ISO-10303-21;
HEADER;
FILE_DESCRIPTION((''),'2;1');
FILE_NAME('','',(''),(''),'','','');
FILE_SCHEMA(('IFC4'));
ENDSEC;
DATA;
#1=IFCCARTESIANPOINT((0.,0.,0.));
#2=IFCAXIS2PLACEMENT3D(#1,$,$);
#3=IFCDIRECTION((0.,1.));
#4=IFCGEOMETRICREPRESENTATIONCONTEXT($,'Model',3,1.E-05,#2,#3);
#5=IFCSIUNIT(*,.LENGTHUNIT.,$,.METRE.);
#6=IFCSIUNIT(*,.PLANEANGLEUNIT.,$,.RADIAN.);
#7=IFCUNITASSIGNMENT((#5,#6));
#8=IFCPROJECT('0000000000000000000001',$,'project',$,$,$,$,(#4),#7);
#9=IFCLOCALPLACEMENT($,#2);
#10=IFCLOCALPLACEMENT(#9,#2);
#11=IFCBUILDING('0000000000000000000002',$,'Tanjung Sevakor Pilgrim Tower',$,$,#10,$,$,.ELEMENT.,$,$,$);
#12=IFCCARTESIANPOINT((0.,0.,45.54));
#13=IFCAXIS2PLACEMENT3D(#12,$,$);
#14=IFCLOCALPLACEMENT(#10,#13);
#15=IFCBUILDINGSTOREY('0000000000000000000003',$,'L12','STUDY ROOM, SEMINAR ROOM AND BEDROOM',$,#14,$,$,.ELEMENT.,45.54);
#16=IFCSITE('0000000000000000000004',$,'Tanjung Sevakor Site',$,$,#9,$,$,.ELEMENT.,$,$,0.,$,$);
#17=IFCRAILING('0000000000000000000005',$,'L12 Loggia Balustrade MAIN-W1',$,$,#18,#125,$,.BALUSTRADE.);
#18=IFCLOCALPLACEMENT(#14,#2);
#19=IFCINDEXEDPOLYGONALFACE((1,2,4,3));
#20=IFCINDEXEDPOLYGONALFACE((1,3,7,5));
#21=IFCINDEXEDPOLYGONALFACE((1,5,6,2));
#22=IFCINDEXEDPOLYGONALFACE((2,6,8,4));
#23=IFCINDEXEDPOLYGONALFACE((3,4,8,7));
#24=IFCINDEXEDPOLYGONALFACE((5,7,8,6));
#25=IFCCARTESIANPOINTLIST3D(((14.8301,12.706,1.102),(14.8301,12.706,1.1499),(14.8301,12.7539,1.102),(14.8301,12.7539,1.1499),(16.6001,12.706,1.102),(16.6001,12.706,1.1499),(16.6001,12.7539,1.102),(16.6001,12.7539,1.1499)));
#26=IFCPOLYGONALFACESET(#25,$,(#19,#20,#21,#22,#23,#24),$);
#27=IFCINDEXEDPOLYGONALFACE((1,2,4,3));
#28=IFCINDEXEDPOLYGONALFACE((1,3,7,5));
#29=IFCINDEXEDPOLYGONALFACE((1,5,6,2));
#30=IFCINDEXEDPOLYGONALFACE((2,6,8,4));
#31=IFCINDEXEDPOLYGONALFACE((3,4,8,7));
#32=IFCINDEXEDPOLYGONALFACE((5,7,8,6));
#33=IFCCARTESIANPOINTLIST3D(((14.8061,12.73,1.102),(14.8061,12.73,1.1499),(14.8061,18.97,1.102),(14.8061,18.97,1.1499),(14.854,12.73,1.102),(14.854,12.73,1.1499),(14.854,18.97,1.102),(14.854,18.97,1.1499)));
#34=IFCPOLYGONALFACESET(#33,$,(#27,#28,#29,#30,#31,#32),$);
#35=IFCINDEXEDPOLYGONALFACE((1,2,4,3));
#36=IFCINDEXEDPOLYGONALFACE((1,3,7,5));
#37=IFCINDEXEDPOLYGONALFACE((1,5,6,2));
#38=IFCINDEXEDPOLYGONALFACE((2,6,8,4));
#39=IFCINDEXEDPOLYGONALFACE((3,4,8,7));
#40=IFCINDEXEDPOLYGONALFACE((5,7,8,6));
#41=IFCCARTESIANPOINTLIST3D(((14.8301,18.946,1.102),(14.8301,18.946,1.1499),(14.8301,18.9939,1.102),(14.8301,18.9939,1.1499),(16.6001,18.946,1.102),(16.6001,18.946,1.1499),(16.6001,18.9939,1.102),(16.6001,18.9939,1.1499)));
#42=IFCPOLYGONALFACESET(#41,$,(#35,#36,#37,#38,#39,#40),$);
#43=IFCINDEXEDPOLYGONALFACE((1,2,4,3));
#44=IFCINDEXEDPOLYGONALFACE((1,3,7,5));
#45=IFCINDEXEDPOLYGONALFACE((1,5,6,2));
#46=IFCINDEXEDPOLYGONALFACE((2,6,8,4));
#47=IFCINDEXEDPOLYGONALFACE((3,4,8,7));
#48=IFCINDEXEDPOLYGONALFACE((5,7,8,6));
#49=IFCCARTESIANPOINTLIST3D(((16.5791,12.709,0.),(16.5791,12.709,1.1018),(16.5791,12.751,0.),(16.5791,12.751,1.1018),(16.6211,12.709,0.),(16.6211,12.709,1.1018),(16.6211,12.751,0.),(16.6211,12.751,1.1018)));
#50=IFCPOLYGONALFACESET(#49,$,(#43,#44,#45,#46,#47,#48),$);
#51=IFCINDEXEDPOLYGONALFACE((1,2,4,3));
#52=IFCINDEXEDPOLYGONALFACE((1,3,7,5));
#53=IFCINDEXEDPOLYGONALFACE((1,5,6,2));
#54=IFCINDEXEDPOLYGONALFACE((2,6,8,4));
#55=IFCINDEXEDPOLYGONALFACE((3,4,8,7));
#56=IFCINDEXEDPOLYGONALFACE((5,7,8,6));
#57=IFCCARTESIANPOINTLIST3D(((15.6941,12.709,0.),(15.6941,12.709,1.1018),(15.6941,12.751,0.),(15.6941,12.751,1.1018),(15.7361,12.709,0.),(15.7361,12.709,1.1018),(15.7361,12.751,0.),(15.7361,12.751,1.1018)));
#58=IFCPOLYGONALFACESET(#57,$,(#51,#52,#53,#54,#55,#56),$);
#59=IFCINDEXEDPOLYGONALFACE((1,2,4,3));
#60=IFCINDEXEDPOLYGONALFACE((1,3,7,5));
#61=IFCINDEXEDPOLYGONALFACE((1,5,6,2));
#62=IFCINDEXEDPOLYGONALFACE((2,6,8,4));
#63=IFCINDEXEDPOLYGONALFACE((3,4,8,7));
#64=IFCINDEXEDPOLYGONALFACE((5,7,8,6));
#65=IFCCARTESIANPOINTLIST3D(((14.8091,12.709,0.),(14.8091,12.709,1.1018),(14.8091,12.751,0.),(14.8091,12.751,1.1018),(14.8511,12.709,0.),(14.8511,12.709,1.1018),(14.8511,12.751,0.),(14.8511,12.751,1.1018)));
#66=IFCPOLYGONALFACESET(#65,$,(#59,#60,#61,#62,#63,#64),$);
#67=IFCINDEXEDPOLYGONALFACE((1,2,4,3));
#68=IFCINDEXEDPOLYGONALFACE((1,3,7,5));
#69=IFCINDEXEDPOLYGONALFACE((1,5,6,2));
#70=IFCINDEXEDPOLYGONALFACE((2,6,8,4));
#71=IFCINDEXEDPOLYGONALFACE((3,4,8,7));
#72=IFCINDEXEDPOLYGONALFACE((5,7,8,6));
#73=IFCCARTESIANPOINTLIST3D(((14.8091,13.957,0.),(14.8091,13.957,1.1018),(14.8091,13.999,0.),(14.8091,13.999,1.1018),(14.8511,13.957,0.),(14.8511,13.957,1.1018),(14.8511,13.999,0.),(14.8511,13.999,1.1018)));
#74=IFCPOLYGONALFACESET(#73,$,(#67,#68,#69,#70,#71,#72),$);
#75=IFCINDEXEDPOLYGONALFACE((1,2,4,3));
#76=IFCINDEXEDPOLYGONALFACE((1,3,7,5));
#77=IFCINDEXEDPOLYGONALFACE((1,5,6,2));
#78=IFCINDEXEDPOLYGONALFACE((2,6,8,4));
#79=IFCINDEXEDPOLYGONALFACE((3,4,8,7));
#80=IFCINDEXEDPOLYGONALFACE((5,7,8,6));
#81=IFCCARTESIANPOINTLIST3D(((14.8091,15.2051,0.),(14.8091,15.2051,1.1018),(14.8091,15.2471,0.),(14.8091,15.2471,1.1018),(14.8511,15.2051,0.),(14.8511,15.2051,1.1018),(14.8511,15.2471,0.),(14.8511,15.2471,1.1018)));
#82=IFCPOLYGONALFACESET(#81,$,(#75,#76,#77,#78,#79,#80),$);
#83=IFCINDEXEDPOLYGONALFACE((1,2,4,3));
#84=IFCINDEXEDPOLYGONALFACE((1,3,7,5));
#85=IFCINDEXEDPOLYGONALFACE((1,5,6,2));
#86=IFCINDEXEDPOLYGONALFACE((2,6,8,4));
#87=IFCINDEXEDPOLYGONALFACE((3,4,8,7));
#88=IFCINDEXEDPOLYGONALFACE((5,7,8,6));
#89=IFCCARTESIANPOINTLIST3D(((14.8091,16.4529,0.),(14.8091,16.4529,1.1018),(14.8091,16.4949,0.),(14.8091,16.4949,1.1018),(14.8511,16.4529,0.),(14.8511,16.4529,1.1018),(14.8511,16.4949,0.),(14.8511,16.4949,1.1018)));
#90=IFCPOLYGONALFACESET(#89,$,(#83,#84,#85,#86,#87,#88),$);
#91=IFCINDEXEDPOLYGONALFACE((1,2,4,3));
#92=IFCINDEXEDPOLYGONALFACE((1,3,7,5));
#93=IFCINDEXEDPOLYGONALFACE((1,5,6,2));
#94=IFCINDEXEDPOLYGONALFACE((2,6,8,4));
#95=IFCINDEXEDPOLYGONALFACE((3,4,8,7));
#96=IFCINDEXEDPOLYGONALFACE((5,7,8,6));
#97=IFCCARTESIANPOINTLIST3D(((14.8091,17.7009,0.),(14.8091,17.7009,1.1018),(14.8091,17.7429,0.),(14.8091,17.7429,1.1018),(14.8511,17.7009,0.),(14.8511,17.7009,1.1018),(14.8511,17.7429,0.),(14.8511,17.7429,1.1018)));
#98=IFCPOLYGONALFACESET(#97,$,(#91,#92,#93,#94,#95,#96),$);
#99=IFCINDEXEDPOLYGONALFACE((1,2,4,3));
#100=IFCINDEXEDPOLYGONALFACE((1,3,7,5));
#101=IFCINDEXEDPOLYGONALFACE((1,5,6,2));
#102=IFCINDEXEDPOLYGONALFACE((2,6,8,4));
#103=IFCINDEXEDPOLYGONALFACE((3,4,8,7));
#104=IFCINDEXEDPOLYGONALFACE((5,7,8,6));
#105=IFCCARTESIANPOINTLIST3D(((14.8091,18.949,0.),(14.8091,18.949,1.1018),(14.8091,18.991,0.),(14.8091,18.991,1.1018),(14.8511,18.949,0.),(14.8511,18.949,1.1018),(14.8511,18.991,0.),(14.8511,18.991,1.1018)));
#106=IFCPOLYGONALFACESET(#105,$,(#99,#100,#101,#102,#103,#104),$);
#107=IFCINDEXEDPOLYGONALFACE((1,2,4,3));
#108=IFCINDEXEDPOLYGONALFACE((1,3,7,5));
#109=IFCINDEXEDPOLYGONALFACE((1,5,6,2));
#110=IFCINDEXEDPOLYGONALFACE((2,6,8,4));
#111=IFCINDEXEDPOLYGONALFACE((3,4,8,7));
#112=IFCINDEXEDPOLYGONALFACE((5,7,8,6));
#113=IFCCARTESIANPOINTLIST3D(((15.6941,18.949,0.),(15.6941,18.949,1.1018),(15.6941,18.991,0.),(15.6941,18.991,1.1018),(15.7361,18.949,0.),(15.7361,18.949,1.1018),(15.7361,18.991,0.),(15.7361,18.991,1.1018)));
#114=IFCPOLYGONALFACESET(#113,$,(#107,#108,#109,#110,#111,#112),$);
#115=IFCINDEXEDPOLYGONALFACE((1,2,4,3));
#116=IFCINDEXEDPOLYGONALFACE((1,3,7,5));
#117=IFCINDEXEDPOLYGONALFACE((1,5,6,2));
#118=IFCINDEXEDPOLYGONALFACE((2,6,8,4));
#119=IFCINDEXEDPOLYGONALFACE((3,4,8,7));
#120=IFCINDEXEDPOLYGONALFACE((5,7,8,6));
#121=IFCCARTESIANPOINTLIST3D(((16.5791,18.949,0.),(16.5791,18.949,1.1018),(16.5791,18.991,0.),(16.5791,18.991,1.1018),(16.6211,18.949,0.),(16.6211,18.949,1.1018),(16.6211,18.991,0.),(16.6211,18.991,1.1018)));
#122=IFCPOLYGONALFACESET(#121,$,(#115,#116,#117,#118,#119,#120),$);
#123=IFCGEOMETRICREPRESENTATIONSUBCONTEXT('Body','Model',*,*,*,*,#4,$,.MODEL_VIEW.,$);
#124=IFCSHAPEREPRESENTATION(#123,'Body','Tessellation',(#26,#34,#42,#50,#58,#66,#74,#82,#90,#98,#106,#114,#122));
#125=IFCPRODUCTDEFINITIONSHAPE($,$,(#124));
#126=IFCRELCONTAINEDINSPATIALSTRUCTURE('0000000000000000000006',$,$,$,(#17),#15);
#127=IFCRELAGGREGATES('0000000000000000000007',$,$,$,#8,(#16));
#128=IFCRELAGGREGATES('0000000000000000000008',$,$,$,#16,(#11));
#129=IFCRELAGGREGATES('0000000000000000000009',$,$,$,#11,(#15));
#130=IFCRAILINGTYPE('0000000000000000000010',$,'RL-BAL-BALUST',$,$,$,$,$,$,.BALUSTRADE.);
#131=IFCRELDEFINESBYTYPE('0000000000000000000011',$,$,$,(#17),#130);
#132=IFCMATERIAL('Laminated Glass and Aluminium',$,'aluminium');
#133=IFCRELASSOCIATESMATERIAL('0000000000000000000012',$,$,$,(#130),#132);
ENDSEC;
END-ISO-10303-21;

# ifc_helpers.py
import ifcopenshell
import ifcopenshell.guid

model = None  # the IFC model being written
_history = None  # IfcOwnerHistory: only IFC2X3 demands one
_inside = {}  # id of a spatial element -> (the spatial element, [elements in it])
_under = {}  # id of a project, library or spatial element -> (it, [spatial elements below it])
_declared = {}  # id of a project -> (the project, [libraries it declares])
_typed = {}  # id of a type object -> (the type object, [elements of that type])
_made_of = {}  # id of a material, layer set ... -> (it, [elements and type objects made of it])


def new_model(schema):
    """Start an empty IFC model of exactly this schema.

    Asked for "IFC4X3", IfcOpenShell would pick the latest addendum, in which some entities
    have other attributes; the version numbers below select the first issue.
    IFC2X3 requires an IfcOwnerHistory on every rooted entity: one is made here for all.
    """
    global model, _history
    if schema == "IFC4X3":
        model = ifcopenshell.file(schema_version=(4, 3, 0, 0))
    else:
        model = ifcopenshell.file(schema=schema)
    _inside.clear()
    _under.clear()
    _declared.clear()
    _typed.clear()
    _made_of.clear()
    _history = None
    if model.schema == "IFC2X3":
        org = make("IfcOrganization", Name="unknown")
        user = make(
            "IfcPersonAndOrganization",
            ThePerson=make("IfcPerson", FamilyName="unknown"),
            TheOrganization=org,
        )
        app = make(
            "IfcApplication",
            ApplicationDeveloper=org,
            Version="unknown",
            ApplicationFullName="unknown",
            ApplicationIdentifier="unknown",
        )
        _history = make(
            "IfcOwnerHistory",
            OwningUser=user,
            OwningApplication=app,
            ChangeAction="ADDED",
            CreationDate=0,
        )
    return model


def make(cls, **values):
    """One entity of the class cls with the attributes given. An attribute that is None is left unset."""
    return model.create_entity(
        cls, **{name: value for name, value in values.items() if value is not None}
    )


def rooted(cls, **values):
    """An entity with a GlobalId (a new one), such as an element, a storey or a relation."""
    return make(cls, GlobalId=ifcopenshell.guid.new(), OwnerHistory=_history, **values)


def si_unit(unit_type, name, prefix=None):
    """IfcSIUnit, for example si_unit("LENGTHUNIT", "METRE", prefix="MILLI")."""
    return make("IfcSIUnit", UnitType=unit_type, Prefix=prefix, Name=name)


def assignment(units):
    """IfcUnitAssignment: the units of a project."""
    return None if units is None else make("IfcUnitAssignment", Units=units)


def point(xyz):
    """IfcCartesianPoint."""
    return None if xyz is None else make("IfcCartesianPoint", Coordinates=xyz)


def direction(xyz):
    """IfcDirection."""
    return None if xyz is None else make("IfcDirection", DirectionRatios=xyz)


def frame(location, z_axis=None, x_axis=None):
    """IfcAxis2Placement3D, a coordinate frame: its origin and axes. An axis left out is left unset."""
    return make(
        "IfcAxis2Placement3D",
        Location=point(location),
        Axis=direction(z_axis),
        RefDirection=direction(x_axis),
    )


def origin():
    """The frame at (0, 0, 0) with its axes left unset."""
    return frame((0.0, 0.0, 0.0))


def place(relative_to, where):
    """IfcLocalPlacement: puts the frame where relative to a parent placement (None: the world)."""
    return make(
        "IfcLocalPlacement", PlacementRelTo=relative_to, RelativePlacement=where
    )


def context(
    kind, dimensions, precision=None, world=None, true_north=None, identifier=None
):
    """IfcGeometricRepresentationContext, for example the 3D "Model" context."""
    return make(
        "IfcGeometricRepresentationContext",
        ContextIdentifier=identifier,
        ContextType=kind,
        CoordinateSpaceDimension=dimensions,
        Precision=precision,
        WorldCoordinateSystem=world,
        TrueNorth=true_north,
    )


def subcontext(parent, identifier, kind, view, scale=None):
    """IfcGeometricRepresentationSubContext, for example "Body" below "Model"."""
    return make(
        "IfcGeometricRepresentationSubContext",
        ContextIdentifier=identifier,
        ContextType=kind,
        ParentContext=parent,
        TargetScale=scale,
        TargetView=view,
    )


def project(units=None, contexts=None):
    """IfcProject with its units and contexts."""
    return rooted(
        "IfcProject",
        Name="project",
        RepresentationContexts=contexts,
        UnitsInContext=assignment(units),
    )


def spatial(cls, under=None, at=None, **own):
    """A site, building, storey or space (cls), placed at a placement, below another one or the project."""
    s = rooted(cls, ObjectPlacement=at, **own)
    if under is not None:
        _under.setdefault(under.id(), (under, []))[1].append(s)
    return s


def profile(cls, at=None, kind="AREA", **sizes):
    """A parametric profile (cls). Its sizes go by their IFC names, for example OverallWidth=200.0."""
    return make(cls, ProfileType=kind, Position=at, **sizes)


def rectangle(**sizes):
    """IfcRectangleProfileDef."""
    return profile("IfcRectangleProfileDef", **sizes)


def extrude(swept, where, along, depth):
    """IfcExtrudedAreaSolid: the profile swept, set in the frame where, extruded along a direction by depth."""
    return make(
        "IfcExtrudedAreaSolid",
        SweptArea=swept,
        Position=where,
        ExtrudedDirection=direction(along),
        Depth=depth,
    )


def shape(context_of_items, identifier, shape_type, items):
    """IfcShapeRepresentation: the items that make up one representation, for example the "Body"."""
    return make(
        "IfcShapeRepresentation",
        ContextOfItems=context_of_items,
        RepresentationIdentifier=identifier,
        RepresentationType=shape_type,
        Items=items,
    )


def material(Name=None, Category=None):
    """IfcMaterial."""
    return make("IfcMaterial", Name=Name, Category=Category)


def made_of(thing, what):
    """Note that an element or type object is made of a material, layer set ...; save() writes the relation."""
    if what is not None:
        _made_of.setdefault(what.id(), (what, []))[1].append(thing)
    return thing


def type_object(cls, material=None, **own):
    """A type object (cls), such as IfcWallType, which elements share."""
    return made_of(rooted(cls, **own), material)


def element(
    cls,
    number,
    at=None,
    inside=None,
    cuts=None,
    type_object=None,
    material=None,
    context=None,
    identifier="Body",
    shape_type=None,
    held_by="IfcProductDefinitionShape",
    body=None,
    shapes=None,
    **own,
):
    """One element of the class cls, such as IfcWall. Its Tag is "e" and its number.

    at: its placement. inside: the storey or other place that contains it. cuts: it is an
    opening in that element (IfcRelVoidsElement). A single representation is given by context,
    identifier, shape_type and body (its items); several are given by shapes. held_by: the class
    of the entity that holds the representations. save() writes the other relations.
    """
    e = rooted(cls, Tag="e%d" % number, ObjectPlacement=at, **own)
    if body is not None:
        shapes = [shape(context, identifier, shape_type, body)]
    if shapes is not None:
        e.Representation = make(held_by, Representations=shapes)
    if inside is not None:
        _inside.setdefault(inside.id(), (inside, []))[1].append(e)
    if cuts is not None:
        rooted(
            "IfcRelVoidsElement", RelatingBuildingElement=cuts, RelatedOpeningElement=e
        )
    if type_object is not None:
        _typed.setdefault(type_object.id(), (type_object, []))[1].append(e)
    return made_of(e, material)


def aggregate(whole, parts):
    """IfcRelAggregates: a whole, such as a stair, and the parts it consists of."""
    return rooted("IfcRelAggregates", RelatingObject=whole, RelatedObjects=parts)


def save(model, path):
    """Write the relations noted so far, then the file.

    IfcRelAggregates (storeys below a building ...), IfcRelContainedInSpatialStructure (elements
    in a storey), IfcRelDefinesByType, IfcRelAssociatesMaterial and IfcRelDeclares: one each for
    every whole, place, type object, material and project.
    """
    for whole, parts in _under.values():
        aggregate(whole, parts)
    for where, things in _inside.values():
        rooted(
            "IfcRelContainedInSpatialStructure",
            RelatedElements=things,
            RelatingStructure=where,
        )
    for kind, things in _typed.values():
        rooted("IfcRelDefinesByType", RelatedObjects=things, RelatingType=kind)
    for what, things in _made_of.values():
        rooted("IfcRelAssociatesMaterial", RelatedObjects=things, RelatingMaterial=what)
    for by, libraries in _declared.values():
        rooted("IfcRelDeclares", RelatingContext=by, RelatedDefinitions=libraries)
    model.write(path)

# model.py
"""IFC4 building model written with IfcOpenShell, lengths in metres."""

from ifc_helpers import new_model, si_unit, direction, frame, origin, place, context, subcontext, project, spatial, rectangle, extrude, material, type_object, element, save


model = new_model("IFC4")

# Units and contexts
model_context = context("Model", 3, precision=1e-05, world=origin(), true_north=direction((0.0, 1.0)))
body_context = subcontext(model_context, "Body", "Model", "MODEL_VIEW")
ifc_project = project(units=[si_unit("LENGTHUNIT", "METRE"), si_unit("PLANEANGLEUNIT", "RADIAN")], contexts=[model_context])

# Site, building, storey
site_placement = place(None, origin())
site = spatial("IfcSite", under=ifc_project, at=site_placement, Name="Tanjung Sevakor Site", CompositionType="ELEMENT", RefElevation=0.0)
building_placement = place(site_placement, origin())
building = spatial("IfcBuilding", under=site, at=building_placement, Name="Tanjung Sevakor Pilgrim Tower", CompositionType="ELEMENT")
storey_placement = place(building_placement, frame((0.0, 0.0, 45.54)))
storey = spatial("IfcBuildingStorey", under=building, at=storey_placement, Name="L12", Description="STUDY ROOM, SEMINAR ROOM AND BEDROOM", CompositionType="ELEMENT", Elevation=45.54)

# Railing
ifc_material_1 = material(Name="Laminated Glass and Aluminium", Category="aluminium")
railing_type = type_object("IfcRailingType", Name="RL-BAL-BALUST", PredefinedType="BALUSTRADE", material=ifc_material_1)
railing_placement = place(storey_placement, frame((16.6001, 12.73, 0.0)))
element("IfcRailing", 1, at=railing_placement, inside=storey, type_object=railing_type, Name="L12 Loggia Balustrade MAIN-W1", PredefinedType="BALUSTRADE", context=body_context, shape_type="SweptSolid", body=[
    extrude(rectangle(XDim=0.0479, YDim=0.0479), frame((0.0, 0.0, 1.126), z_axis=(-1.0, 0.0, 0.0), x_axis=(0.0, -1.0, 0.0)), (0.0, 0.0, 1.0), 1.77),
    extrude(rectangle(XDim=0.0479, YDim=0.0479), frame((-1.77, 0.0, 1.126), z_axis=(0.0, 1.0, 0.0), x_axis=(-1.0, 0.0, 0.0)), (0.0, 0.0, 1.0), 6.24),
    extrude(rectangle(XDim=0.0479, YDim=0.0479), frame((-1.77, 6.24, 1.126), z_axis=(1.0, 0.0, 0.0), x_axis=(0.0, 1.0, 0.0)), (0.0, 0.0, 1.0), 1.77),
    extrude(rectangle(XDim=0.042, YDim=0.042), origin(), (0.0, 0.0, 1.0), 1.1018),
    extrude(rectangle(XDim=0.042, YDim=0.042), frame((-0.885, 0.0, 0.0)), (0.0, 0.0, 1.0), 1.1018),
    extrude(rectangle(XDim=0.042, YDim=0.042), frame((-1.77, 0.0, 0.0)), (0.0, 0.0, 1.0), 1.1018),
    extrude(rectangle(XDim=0.042, YDim=0.042), frame((-1.77, 1.248, 0.0)), (0.0, 0.0, 1.0), 1.1018),
    extrude(rectangle(XDim=0.042, YDim=0.042), frame((-1.77, 2.4961, 0.0)), (0.0, 0.0, 1.0), 1.1018),
    extrude(rectangle(XDim=0.042, YDim=0.042), frame((-1.77, 3.7439, 0.0)), (0.0, 0.0, 1.0), 1.1018),
    extrude(rectangle(XDim=0.042, YDim=0.042), frame((-1.77, 4.9919, 0.0)), (0.0, 0.0, 1.0), 1.1018),
    extrude(rectangle(XDim=0.042, YDim=0.042), frame((-1.77, 6.24, 0.0)), (0.0, 0.0, 1.0), 1.1018),
    extrude(rectangle(XDim=0.042, YDim=0.042), frame((-0.885, 6.24, 0.0)), (0.0, 0.0, 1.0), 1.1018),
    extrude(rectangle(XDim=0.042, YDim=0.042), frame((0.0, 6.24, 0.0)), (0.0, 0.0, 1.0), 1.1018),
])

save(model, "model.ifc")
